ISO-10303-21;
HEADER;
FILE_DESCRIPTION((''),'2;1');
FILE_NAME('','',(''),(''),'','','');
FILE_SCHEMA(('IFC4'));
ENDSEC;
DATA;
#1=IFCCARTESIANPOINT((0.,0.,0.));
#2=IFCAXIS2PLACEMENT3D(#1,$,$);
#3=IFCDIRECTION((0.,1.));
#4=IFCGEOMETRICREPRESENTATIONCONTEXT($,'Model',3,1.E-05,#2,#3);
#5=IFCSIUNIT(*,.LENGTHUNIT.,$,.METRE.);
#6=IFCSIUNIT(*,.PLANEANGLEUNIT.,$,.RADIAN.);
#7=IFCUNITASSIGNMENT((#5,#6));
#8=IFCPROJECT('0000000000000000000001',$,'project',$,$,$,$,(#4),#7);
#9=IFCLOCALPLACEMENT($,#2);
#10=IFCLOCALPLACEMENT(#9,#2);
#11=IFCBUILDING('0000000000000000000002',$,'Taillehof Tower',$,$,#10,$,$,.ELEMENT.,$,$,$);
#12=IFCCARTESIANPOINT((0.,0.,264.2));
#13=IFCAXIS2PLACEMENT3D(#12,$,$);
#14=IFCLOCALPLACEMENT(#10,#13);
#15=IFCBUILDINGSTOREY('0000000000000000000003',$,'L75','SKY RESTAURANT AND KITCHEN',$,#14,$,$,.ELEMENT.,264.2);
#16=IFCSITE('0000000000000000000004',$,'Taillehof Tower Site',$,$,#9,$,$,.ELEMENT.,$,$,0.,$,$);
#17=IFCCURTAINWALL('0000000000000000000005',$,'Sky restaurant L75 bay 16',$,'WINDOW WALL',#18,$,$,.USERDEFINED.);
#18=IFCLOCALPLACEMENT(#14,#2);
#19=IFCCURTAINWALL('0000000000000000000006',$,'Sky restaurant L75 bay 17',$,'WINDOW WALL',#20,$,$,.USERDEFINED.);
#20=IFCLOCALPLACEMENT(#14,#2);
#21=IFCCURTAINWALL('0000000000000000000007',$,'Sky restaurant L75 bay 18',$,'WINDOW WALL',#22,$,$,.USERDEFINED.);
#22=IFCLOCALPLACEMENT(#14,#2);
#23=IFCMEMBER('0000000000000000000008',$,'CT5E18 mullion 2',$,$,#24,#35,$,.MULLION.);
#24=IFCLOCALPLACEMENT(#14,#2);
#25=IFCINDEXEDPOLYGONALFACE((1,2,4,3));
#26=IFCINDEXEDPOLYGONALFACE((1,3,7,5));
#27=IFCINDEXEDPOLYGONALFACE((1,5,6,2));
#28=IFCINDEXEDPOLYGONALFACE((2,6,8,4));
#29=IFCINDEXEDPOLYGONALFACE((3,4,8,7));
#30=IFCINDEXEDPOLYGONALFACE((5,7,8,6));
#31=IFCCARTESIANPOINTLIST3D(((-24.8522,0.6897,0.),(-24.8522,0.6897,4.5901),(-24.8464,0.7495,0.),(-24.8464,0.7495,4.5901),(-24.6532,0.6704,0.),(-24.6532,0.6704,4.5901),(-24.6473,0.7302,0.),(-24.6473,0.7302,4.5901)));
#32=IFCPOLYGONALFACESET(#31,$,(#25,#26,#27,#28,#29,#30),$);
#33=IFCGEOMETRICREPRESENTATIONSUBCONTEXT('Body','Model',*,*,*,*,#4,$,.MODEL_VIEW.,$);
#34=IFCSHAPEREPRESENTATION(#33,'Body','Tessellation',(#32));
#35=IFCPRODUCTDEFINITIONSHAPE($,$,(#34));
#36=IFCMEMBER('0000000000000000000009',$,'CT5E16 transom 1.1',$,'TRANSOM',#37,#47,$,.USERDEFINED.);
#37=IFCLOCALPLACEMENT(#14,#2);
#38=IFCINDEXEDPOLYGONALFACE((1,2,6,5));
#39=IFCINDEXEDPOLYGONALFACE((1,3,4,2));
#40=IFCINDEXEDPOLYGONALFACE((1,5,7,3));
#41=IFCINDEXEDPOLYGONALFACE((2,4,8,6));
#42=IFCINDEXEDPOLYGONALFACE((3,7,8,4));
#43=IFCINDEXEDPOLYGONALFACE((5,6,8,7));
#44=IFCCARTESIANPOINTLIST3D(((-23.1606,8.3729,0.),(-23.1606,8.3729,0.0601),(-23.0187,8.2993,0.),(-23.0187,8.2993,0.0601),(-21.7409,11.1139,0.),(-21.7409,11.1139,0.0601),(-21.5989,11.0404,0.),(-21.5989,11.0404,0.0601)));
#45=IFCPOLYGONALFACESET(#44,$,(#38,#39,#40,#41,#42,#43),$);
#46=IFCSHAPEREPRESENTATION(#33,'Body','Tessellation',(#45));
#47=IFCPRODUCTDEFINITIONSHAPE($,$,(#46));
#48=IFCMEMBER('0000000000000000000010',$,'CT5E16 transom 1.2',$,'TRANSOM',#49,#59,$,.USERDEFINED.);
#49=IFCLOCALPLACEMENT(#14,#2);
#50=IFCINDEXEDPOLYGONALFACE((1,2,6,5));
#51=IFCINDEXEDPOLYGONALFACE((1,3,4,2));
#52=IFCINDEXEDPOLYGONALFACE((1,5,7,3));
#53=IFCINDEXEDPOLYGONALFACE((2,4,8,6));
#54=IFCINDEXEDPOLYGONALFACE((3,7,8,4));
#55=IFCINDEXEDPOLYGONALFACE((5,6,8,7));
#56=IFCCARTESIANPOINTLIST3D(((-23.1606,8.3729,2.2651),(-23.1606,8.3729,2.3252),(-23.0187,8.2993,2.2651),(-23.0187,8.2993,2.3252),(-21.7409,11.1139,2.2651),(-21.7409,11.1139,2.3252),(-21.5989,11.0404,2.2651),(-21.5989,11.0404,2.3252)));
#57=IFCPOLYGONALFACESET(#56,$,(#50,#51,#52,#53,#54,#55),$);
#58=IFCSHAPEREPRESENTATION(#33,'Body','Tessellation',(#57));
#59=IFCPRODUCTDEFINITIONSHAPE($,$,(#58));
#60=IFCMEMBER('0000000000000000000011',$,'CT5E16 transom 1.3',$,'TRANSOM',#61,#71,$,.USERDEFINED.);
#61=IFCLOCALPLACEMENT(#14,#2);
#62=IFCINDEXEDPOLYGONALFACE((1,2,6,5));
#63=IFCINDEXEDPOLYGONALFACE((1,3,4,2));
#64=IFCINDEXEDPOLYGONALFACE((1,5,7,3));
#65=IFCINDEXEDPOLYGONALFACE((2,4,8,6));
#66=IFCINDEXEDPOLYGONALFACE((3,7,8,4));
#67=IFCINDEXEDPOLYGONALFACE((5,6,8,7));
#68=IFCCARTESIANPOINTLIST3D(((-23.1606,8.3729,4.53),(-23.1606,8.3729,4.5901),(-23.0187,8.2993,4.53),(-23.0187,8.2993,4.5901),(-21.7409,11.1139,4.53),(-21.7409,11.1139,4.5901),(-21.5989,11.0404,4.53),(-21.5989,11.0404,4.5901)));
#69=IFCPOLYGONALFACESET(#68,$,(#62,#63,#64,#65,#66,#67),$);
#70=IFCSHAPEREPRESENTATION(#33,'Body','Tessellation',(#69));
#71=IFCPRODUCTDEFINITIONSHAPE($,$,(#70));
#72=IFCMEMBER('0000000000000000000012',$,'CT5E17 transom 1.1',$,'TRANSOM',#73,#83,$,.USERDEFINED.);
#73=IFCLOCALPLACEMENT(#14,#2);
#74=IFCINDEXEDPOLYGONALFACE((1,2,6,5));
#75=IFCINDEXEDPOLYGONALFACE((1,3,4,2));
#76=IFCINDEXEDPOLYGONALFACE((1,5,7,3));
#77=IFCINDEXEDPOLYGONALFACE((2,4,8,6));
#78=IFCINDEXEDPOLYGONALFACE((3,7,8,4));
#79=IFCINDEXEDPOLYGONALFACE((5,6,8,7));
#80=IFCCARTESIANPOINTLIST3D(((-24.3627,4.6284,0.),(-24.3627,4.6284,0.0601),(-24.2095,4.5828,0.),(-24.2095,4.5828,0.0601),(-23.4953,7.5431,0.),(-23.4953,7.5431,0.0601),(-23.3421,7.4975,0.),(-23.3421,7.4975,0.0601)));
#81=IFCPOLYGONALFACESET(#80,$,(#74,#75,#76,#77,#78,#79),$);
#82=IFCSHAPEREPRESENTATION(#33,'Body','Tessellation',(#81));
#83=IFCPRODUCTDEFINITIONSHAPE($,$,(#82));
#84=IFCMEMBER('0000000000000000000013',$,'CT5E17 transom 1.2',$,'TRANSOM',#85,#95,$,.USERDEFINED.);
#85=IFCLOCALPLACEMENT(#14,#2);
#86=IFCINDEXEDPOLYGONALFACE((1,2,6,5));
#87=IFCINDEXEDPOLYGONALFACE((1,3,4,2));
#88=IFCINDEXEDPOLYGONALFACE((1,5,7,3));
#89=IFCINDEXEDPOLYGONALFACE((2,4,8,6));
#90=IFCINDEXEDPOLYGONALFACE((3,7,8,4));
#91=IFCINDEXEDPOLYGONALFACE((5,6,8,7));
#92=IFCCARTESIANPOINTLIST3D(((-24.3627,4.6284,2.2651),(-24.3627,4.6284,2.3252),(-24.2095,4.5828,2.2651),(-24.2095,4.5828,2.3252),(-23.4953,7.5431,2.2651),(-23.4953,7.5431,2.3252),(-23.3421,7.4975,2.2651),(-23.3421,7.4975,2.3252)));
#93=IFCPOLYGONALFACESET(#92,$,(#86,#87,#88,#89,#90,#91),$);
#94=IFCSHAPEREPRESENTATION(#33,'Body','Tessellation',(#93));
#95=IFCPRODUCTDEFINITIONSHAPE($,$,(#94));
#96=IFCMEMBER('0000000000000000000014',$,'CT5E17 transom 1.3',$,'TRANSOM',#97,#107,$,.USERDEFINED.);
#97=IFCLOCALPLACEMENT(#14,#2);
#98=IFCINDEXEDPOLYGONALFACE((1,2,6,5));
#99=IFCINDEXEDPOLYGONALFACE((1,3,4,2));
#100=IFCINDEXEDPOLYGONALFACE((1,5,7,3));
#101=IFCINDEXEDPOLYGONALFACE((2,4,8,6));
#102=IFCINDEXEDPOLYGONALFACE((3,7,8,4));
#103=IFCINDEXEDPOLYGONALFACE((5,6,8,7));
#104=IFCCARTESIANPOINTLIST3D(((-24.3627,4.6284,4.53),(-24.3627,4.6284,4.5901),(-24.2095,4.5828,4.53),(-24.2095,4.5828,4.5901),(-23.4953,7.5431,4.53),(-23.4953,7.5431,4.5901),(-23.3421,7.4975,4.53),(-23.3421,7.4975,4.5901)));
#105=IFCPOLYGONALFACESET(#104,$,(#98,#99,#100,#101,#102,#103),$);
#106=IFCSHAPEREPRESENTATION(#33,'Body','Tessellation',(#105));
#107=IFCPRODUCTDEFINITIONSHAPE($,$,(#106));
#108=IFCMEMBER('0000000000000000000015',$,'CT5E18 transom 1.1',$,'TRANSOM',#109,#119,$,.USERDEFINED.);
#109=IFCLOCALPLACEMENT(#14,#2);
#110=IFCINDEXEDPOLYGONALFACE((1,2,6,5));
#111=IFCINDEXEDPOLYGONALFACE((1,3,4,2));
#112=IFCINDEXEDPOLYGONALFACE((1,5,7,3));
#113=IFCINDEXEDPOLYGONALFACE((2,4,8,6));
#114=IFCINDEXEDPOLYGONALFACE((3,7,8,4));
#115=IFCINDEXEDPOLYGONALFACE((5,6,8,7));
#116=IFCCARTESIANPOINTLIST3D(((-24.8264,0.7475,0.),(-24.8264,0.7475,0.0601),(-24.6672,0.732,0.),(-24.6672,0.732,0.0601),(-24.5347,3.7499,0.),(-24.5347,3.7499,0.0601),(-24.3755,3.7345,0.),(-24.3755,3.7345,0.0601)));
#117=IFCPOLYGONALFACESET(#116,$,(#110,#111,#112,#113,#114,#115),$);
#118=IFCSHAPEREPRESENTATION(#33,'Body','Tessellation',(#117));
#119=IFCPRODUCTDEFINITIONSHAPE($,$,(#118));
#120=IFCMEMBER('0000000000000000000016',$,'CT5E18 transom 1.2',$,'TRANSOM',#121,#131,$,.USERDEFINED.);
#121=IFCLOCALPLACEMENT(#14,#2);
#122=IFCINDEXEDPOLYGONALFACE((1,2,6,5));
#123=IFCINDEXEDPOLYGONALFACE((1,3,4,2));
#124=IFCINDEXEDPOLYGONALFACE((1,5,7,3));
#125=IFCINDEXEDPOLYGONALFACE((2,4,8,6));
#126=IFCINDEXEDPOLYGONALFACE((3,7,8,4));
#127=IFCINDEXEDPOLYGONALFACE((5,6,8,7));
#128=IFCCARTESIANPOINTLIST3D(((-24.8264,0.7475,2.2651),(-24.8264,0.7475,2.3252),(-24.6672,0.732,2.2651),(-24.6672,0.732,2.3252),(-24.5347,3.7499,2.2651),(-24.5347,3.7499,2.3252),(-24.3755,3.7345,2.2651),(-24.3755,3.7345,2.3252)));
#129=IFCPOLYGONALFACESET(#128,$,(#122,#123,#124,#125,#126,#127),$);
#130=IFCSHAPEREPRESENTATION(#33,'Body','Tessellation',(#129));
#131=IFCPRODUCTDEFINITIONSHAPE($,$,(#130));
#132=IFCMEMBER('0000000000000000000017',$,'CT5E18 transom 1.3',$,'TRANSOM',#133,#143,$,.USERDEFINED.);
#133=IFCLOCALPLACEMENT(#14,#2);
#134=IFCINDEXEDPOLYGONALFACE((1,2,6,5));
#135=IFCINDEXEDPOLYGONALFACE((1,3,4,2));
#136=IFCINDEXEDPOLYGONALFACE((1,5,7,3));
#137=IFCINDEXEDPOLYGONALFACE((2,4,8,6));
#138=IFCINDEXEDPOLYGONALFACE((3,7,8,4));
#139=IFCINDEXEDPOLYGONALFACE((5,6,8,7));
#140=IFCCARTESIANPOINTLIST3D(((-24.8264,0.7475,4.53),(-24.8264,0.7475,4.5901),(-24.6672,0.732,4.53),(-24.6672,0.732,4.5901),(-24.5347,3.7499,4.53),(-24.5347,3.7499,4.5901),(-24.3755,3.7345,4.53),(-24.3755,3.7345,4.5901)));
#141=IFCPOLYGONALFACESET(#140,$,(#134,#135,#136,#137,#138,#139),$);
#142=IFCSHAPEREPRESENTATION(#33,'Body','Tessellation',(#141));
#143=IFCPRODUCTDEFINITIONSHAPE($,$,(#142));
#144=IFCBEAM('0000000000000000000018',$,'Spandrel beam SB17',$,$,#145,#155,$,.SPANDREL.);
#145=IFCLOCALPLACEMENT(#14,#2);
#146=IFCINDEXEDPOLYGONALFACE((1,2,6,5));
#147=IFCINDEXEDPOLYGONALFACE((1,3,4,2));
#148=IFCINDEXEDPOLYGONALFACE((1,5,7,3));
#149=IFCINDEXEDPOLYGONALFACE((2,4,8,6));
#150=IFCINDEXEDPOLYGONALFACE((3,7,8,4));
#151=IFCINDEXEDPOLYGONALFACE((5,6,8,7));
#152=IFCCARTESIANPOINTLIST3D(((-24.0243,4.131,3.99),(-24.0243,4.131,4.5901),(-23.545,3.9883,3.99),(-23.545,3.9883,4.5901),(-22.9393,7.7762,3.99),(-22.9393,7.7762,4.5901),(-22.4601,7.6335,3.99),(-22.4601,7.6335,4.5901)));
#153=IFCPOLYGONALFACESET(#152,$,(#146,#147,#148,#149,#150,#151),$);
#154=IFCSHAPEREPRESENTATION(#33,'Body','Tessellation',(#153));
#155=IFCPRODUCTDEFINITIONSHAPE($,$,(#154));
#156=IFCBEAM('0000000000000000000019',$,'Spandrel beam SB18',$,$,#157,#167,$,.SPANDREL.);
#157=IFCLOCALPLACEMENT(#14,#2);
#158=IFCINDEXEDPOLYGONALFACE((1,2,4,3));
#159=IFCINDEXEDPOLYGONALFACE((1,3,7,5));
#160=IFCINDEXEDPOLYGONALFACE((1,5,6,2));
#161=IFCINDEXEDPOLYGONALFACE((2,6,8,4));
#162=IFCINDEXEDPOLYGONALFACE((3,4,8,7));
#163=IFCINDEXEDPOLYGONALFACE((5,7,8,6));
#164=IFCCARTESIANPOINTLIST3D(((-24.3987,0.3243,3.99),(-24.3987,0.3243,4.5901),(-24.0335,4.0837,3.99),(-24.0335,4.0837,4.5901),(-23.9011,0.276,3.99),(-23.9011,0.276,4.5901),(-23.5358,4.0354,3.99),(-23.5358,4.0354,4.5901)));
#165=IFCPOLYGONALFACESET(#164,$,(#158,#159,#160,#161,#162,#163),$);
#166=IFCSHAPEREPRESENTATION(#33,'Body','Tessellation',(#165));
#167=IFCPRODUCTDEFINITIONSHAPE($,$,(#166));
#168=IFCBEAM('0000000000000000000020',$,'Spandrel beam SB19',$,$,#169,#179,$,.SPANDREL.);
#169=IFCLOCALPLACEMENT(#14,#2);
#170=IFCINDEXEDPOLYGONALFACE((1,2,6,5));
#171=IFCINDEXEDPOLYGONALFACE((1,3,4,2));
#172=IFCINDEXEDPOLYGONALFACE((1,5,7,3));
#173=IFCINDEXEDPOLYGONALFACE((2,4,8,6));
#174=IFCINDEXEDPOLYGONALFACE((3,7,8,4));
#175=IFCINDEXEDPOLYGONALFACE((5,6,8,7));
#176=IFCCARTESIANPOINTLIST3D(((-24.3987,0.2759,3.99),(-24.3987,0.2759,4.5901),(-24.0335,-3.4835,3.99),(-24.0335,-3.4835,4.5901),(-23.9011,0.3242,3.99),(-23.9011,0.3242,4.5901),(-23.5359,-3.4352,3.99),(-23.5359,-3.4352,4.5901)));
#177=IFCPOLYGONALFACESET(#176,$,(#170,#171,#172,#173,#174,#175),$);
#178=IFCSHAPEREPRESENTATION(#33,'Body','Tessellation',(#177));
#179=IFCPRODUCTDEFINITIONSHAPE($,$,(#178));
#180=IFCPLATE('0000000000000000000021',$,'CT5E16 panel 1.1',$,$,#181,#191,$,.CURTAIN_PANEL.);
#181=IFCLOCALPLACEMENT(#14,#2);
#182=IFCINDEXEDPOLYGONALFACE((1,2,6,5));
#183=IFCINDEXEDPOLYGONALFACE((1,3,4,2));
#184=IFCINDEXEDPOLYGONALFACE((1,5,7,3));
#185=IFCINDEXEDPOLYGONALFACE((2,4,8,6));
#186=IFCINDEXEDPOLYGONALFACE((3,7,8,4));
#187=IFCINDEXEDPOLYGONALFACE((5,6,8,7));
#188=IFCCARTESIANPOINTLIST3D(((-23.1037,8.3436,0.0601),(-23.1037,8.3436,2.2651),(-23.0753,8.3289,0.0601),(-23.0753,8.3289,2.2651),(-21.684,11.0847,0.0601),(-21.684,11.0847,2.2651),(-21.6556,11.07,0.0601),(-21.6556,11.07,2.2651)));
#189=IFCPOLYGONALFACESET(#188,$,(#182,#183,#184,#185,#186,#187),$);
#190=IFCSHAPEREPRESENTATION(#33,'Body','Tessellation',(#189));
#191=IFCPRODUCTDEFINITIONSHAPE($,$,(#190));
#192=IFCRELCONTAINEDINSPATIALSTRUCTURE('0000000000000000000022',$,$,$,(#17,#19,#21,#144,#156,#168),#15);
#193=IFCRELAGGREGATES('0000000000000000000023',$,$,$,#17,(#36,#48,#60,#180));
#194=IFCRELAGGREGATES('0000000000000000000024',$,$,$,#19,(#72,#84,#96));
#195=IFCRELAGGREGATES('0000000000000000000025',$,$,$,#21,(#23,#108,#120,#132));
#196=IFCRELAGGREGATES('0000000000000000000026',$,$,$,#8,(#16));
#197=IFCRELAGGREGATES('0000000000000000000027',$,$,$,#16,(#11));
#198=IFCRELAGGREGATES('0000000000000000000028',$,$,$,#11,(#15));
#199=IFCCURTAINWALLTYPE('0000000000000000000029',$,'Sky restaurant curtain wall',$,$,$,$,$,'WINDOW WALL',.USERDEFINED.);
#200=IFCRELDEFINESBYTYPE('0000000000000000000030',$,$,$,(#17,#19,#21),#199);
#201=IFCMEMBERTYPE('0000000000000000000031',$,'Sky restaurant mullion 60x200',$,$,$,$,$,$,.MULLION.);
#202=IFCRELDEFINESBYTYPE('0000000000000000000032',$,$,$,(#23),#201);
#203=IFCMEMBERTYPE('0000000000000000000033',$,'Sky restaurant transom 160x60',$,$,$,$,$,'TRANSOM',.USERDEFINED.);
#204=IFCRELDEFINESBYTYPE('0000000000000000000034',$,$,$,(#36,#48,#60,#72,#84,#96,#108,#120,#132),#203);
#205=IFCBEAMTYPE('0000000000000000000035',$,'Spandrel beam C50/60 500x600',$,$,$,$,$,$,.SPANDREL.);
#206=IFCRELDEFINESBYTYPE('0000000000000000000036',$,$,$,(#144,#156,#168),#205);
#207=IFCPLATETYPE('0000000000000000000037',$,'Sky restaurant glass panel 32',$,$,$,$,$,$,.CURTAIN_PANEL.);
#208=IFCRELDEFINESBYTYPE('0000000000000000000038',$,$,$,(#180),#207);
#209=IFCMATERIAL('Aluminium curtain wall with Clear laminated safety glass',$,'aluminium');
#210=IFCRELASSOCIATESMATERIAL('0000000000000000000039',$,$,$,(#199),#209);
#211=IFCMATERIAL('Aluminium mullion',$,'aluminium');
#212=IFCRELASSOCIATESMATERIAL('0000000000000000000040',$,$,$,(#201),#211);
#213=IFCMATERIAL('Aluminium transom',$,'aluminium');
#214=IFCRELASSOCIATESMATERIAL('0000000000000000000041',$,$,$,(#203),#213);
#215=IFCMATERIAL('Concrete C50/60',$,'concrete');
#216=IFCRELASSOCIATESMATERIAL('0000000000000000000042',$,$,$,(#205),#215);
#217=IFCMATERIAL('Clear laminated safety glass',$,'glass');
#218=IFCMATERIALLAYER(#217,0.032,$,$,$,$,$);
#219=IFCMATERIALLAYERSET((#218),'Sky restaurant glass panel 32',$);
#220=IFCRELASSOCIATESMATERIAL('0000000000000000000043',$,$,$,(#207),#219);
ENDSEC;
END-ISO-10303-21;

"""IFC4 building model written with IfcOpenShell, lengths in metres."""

from ifc_helpers import new_model, si_unit, direction, frame, origin, origin_2d, place, context, subcontext, project, spatial, rectangle, extrude, material, layer, layer_set, material_profile, profile_set, type_object, element, aggregate, save


model = new_model("IFC4")

# Units and contexts
model_context = context("Model", 3, precision=1e-05, world=origin(), true_north=direction((0.0, 1.0)))
body_context = subcontext(model_context, "Body", "Model", "MODEL_VIEW")
ifc_project = project(units=[si_unit("LENGTHUNIT", "METRE"), si_unit("PLANEANGLEUNIT", "RADIAN")], contexts=[model_context])

# Site, building, storey
site_placement = place(None, origin())
site = spatial("IfcSite", under=ifc_project, at=site_placement, Name="Taillehof Tower Site", CompositionType="ELEMENT", RefElevation=0.0)
building_placement = place(site_placement, origin())
building = spatial("IfcBuilding", under=site, at=building_placement, Name="Taillehof Tower", CompositionType="ELEMENT")
storey_placement = place(building_placement, frame((0.0, 0.0, 264.2)))
storey = spatial("IfcBuildingStorey", under=building, at=storey_placement, Name="L75", Description="SKY RESTAURANT AND KITCHEN", CompositionType="ELEMENT", Elevation=264.2)

# Curtain walls, member
ifc_material_1 = material(Name="Aluminium curtain wall with Clear laminated safety glass", Category="aluminium")
curtain_wall_type = type_object("IfcCurtainWallType", Name="Sky restaurant curtain wall", ElementType="WINDOW WALL", PredefinedType="USERDEFINED", material=ifc_material_1)
curtain_wall_1_placement = place(storey_placement, origin())
curtain_wall_1 = element("IfcCurtainWall", 1, at=curtain_wall_1_placement, inside=storey, type_object=curtain_wall_type, Name="Sky restaurant L75 bay 16", ObjectType="WINDOW WALL", PredefinedType="USERDEFINED")
ifc_material_2 = material(Name="Aluminium mullion", Category="aluminium")
ifc_material_profile_1 = material_profile(ifc_material_2, rectangle(XDim=0.2, YDim=0.0601, at=origin_2d()), Name="AL 60x200")
ifc_profile_set_1 = profile_set([ifc_material_profile_1], Name="Aluminium mullion")
member_type_1 = type_object("IfcMemberType", Name="Sky restaurant mullion 60x200", PredefinedType="MULLION", material=ifc_profile_set_1)
curtain_wall_2_placement = place(storey_placement, origin())
curtain_wall_2 = element("IfcCurtainWall", 2, at=curtain_wall_2_placement, inside=storey, type_object=curtain_wall_type, Name="Sky restaurant L75 bay 17", ObjectType="WINDOW WALL", PredefinedType="USERDEFINED")
curtain_wall_3_placement = place(storey_placement, origin())
curtain_wall_3 = element("IfcCurtainWall", 3, at=curtain_wall_3_placement, inside=storey, type_object=curtain_wall_type, Name="Sky restaurant L75 bay 18", ObjectType="WINDOW WALL", PredefinedType="USERDEFINED")
member_1_placement = place(storey_placement, frame((-24.7498, 0.71, 0.0), z_axis=(0.0, 0.0, 1.0), x_axis=(0.995312, -0.096714, 0.0)))
member_1 = element("IfcMember", 4, at=member_1_placement, type_object=member_type_1, Name="CT5E18 mullion 2", PredefinedType="MULLION", context=body_context, shape_type="SweptSolid", body=[
    extrude(rectangle(XDim=0.2, YDim=0.0601, at=origin_2d()), origin(), (0.0, 0.0, 1.0), 4.5901),
])

# Members
ifc_material_3 = material(Name="Aluminium transom", Category="aluminium")
ifc_material_profile_2 = material_profile(ifc_material_3, rectangle(XDim=0.1599, YDim=0.0601, at=origin_2d()), Name="AL 160x60")
ifc_profile_set_2 = profile_set([ifc_material_profile_2], Name="Aluminium transom")
member_type_2 = type_object("IfcMemberType", Name="Sky restaurant transom 160x60", ElementType="TRANSOM", PredefinedType="USERDEFINED", material=ifc_profile_set_2)
member_2_placement = place(storey_placement, frame((-21.6699, 11.0771, 0.03), z_axis=(-0.459918, -0.887962, 0.0), x_axis=(0.887962, -0.459918, 0.0)))
member_2 = element("IfcMember", 5, at=member_2_placement, type_object=member_type_2, Name="CT5E16 transom 1.1", ObjectType="TRANSOM", PredefinedType="USERDEFINED", context=body_context, shape_type="SweptSolid", body=[
    extrude(rectangle(XDim=0.1599, YDim=0.0601, at=origin_2d()), origin(), (0.0, 0.0, 1.0), 3.0869),
])
member_3_placement = place(storey_placement, frame((-21.6699, 11.0771, 2.2952), z_axis=(-0.459918, -0.887962, 0.0), x_axis=(0.887962, -0.459918, 0.0)))
member_3 = element("IfcMember", 6, at=member_3_placement, type_object=member_type_2, Name="CT5E16 transom 1.2", ObjectType="TRANSOM", PredefinedType="USERDEFINED", context=body_context, shape_type="SweptSolid", body=[
    extrude(rectangle(XDim=0.1599, YDim=0.0601, at=origin_2d()), origin(), (0.0, 0.0, 1.0), 3.0869),
])
member_4_placement = place(storey_placement, frame((-21.6699, 11.0771, 4.5601), z_axis=(-0.459918, -0.887962, 0.0), x_axis=(0.887962, -0.459918, 0.0)))
member_4 = element("IfcMember", 7, at=member_4_placement, type_object=member_type_2, Name="CT5E16 transom 1.3", ObjectType="TRANSOM", PredefinedType="USERDEFINED", context=body_context, shape_type="SweptSolid", body=[
    extrude(rectangle(XDim=0.1599, YDim=0.0601, at=origin_2d()), origin(), (0.0, 0.0, 1.0), 3.0869),
])
member_5_placement = place(storey_placement, frame((-23.4187, 7.5203, 0.03), z_axis=(-0.285233, -0.958458, 0.0), x_axis=(0.958458, -0.285233, 0.0)))
member_5 = element("IfcMember", 8, at=member_5_placement, type_object=member_type_2, Name="CT5E17 transom 1.1", ObjectType="TRANSOM", PredefinedType="USERDEFINED", context=body_context, shape_type="SweptSolid", body=[
    extrude(rectangle(XDim=0.1599, YDim=0.0601, at=origin_2d()), origin(), (0.0, 0.0, 1.0), 3.041),
])
member_6_placement = place(storey_placement, frame((-23.4187, 7.5203, 2.2952), z_axis=(-0.285233, -0.958458, 0.0), x_axis=(0.958458, -0.285233, 0.0)))
member_6 = element("IfcMember", 9, at=member_6_placement, type_object=member_type_2, Name="CT5E17 transom 1.2", ObjectType="TRANSOM", PredefinedType="USERDEFINED", context=body_context, shape_type="SweptSolid", body=[
    extrude(rectangle(XDim=0.1599, YDim=0.0601, at=origin_2d()), origin(), (0.0, 0.0, 1.0), 3.041),
])
member_7_placement = place(storey_placement, frame((-23.4187, 7.5203, 4.5601), z_axis=(-0.285233, -0.958458, 0.0), x_axis=(0.958458, -0.285233, 0.0)))
member_7 = element("IfcMember", 10, at=member_7_placement, type_object=member_type_2, Name="CT5E17 transom 1.3", ObjectType="TRANSOM", PredefinedType="USERDEFINED", context=body_context, shape_type="SweptSolid", body=[
    extrude(rectangle(XDim=0.1599, YDim=0.0601, at=origin_2d()), origin(), (0.0, 0.0, 1.0), 3.041),
])
member_8_placement = place(storey_placement, frame((-24.4551, 3.7422, 0.03), z_axis=(-0.096715, -0.995312, 0.0), x_axis=(0.995312, -0.096715, 0.0)))
member_8 = element("IfcMember", 11, at=member_8_placement, type_object=member_type_2, Name="CT5E18 transom 1.1", ObjectType="TRANSOM", PredefinedType="USERDEFINED", context=body_context, shape_type="SweptSolid", body=[
    extrude(rectangle(XDim=0.1599, YDim=0.0601, at=origin_2d()), origin(), (0.0, 0.0, 1.0), 3.0166),
])
member_9_placement = place(storey_placement, frame((-24.4551, 3.7422, 2.2952), z_axis=(-0.096715, -0.995312, 0.0), x_axis=(0.995312, -0.096715, 0.0)))
member_9 = element("IfcMember", 12, at=member_9_placement, type_object=member_type_2, Name="CT5E18 transom 1.2", ObjectType="TRANSOM", PredefinedType="USERDEFINED", context=body_context, shape_type="SweptSolid", body=[
    extrude(rectangle(XDim=0.1599, YDim=0.0601, at=origin_2d()), origin(), (0.0, 0.0, 1.0), 3.0166),
])
member_10_placement = place(storey_placement, frame((-24.4551, 3.7422, 4.5601), z_axis=(-0.096715, -0.995312, 0.0), x_axis=(0.995312, -0.096715, 0.0)))
member_10 = element("IfcMember", 13, at=member_10_placement, type_object=member_type_2, Name="CT5E18 transom 1.3", ObjectType="TRANSOM", PredefinedType="USERDEFINED", context=body_context, shape_type="SweptSolid", body=[
    extrude(rectangle(XDim=0.1599, YDim=0.0601, at=origin_2d()), origin(), (0.0, 0.0, 1.0), 3.0166),
])

# Beams
ifc_material_4 = material(Name="Concrete C50/60", Category="concrete")
ifc_material_profile_3 = material_profile(ifc_material_4, rectangle(XDim=0.5, YDim=0.6001, at=origin_2d()), Name="RC 500x600")
ifc_profile_set_3 = profile_set([ifc_material_profile_3], Name="Concrete C50/60")
beam_type_1 = type_object("IfcBeamType", Name="Spandrel beam C50/60 500x600", PredefinedType="SPANDREL", material=ifc_profile_set_3)
beam_1_placement = place(storey_placement, frame((-22.6997, 7.7048, 4.29), z_axis=(-0.285268, -0.958448, 0.0), x_axis=(0.958448, -0.285268, 0.0)))
element("IfcBeam", 14, at=beam_1_placement, inside=storey, type_object=beam_type_1, Name="Spandrel beam SB17", PredefinedType="SPANDREL", context=body_context, shape_type="SweptSolid", body=[
    extrude(rectangle(XDim=0.5, YDim=0.6001, at=origin_2d()), origin(), (0.0, 0.0, 1.0), 3.8032),
])
for number, where, z_axis, x_axis, name in (
    (15, (-23.7847, 4.0596, 4.29), (-0.096694, -0.995314, 0.0), (0.995314, -0.096694, 0.0), "Spandrel beam SB18"),
    (16, (-24.1499, 0.3, 4.29), (0.096694, -0.995314, 0.0), (0.995314, 0.096694, 0.0), "Spandrel beam SB19"),
):
    element("IfcBeam", number, at=place(storey_placement, frame(where, z_axis=z_axis, x_axis=x_axis)), inside=storey, type_object=beam_type_1, Name=name, PredefinedType="SPANDREL", context=body_context, shape_type="SweptSolid", body=[
        extrude(rectangle(XDim=0.5, YDim=0.6001, at=origin_2d()), origin(), (0.0, 0.0, 1.0), 3.7771),
    ])

# Plate
ifc_material_5 = material(Name="Clear laminated safety glass", Category="glass")
ifc_layer_1 = layer(ifc_material_5, 0.032)
ifc_layer_set_1 = layer_set([ifc_layer_1], Name="Sky restaurant glass panel 32")
plate_type = type_object("IfcPlateType", Name="Sky restaurant glass panel 32", PredefinedType="CURTAIN_PANEL", material=ifc_layer_set_1)
plate_1_placement = place(storey_placement, frame((-22.3796, 9.7068, 0.0601), z_axis=(0.0, 0.0, 1.0), x_axis=(-0.459891, -0.887975, 0.0)))
plate_1 = element("IfcPlate", 17, at=plate_1_placement, type_object=plate_type, Name="CT5E16 panel 1.1", PredefinedType="CURTAIN_PANEL", context=body_context, shape_type="SweptSolid", body=[
    extrude(rectangle(XDim=3.0869, YDim=0.032, at=origin_2d()), origin(), (0.0, 0.0, 1.0), 2.2051),
])
aggregate(curtain_wall_1, [member_2, member_3, member_4, plate_1])
aggregate(curtain_wall_2, [member_5, member_6, member_7])
aggregate(curtain_wall_3, [member_1, member_8, member_9, member_10])

save(model, "model.ifc")
